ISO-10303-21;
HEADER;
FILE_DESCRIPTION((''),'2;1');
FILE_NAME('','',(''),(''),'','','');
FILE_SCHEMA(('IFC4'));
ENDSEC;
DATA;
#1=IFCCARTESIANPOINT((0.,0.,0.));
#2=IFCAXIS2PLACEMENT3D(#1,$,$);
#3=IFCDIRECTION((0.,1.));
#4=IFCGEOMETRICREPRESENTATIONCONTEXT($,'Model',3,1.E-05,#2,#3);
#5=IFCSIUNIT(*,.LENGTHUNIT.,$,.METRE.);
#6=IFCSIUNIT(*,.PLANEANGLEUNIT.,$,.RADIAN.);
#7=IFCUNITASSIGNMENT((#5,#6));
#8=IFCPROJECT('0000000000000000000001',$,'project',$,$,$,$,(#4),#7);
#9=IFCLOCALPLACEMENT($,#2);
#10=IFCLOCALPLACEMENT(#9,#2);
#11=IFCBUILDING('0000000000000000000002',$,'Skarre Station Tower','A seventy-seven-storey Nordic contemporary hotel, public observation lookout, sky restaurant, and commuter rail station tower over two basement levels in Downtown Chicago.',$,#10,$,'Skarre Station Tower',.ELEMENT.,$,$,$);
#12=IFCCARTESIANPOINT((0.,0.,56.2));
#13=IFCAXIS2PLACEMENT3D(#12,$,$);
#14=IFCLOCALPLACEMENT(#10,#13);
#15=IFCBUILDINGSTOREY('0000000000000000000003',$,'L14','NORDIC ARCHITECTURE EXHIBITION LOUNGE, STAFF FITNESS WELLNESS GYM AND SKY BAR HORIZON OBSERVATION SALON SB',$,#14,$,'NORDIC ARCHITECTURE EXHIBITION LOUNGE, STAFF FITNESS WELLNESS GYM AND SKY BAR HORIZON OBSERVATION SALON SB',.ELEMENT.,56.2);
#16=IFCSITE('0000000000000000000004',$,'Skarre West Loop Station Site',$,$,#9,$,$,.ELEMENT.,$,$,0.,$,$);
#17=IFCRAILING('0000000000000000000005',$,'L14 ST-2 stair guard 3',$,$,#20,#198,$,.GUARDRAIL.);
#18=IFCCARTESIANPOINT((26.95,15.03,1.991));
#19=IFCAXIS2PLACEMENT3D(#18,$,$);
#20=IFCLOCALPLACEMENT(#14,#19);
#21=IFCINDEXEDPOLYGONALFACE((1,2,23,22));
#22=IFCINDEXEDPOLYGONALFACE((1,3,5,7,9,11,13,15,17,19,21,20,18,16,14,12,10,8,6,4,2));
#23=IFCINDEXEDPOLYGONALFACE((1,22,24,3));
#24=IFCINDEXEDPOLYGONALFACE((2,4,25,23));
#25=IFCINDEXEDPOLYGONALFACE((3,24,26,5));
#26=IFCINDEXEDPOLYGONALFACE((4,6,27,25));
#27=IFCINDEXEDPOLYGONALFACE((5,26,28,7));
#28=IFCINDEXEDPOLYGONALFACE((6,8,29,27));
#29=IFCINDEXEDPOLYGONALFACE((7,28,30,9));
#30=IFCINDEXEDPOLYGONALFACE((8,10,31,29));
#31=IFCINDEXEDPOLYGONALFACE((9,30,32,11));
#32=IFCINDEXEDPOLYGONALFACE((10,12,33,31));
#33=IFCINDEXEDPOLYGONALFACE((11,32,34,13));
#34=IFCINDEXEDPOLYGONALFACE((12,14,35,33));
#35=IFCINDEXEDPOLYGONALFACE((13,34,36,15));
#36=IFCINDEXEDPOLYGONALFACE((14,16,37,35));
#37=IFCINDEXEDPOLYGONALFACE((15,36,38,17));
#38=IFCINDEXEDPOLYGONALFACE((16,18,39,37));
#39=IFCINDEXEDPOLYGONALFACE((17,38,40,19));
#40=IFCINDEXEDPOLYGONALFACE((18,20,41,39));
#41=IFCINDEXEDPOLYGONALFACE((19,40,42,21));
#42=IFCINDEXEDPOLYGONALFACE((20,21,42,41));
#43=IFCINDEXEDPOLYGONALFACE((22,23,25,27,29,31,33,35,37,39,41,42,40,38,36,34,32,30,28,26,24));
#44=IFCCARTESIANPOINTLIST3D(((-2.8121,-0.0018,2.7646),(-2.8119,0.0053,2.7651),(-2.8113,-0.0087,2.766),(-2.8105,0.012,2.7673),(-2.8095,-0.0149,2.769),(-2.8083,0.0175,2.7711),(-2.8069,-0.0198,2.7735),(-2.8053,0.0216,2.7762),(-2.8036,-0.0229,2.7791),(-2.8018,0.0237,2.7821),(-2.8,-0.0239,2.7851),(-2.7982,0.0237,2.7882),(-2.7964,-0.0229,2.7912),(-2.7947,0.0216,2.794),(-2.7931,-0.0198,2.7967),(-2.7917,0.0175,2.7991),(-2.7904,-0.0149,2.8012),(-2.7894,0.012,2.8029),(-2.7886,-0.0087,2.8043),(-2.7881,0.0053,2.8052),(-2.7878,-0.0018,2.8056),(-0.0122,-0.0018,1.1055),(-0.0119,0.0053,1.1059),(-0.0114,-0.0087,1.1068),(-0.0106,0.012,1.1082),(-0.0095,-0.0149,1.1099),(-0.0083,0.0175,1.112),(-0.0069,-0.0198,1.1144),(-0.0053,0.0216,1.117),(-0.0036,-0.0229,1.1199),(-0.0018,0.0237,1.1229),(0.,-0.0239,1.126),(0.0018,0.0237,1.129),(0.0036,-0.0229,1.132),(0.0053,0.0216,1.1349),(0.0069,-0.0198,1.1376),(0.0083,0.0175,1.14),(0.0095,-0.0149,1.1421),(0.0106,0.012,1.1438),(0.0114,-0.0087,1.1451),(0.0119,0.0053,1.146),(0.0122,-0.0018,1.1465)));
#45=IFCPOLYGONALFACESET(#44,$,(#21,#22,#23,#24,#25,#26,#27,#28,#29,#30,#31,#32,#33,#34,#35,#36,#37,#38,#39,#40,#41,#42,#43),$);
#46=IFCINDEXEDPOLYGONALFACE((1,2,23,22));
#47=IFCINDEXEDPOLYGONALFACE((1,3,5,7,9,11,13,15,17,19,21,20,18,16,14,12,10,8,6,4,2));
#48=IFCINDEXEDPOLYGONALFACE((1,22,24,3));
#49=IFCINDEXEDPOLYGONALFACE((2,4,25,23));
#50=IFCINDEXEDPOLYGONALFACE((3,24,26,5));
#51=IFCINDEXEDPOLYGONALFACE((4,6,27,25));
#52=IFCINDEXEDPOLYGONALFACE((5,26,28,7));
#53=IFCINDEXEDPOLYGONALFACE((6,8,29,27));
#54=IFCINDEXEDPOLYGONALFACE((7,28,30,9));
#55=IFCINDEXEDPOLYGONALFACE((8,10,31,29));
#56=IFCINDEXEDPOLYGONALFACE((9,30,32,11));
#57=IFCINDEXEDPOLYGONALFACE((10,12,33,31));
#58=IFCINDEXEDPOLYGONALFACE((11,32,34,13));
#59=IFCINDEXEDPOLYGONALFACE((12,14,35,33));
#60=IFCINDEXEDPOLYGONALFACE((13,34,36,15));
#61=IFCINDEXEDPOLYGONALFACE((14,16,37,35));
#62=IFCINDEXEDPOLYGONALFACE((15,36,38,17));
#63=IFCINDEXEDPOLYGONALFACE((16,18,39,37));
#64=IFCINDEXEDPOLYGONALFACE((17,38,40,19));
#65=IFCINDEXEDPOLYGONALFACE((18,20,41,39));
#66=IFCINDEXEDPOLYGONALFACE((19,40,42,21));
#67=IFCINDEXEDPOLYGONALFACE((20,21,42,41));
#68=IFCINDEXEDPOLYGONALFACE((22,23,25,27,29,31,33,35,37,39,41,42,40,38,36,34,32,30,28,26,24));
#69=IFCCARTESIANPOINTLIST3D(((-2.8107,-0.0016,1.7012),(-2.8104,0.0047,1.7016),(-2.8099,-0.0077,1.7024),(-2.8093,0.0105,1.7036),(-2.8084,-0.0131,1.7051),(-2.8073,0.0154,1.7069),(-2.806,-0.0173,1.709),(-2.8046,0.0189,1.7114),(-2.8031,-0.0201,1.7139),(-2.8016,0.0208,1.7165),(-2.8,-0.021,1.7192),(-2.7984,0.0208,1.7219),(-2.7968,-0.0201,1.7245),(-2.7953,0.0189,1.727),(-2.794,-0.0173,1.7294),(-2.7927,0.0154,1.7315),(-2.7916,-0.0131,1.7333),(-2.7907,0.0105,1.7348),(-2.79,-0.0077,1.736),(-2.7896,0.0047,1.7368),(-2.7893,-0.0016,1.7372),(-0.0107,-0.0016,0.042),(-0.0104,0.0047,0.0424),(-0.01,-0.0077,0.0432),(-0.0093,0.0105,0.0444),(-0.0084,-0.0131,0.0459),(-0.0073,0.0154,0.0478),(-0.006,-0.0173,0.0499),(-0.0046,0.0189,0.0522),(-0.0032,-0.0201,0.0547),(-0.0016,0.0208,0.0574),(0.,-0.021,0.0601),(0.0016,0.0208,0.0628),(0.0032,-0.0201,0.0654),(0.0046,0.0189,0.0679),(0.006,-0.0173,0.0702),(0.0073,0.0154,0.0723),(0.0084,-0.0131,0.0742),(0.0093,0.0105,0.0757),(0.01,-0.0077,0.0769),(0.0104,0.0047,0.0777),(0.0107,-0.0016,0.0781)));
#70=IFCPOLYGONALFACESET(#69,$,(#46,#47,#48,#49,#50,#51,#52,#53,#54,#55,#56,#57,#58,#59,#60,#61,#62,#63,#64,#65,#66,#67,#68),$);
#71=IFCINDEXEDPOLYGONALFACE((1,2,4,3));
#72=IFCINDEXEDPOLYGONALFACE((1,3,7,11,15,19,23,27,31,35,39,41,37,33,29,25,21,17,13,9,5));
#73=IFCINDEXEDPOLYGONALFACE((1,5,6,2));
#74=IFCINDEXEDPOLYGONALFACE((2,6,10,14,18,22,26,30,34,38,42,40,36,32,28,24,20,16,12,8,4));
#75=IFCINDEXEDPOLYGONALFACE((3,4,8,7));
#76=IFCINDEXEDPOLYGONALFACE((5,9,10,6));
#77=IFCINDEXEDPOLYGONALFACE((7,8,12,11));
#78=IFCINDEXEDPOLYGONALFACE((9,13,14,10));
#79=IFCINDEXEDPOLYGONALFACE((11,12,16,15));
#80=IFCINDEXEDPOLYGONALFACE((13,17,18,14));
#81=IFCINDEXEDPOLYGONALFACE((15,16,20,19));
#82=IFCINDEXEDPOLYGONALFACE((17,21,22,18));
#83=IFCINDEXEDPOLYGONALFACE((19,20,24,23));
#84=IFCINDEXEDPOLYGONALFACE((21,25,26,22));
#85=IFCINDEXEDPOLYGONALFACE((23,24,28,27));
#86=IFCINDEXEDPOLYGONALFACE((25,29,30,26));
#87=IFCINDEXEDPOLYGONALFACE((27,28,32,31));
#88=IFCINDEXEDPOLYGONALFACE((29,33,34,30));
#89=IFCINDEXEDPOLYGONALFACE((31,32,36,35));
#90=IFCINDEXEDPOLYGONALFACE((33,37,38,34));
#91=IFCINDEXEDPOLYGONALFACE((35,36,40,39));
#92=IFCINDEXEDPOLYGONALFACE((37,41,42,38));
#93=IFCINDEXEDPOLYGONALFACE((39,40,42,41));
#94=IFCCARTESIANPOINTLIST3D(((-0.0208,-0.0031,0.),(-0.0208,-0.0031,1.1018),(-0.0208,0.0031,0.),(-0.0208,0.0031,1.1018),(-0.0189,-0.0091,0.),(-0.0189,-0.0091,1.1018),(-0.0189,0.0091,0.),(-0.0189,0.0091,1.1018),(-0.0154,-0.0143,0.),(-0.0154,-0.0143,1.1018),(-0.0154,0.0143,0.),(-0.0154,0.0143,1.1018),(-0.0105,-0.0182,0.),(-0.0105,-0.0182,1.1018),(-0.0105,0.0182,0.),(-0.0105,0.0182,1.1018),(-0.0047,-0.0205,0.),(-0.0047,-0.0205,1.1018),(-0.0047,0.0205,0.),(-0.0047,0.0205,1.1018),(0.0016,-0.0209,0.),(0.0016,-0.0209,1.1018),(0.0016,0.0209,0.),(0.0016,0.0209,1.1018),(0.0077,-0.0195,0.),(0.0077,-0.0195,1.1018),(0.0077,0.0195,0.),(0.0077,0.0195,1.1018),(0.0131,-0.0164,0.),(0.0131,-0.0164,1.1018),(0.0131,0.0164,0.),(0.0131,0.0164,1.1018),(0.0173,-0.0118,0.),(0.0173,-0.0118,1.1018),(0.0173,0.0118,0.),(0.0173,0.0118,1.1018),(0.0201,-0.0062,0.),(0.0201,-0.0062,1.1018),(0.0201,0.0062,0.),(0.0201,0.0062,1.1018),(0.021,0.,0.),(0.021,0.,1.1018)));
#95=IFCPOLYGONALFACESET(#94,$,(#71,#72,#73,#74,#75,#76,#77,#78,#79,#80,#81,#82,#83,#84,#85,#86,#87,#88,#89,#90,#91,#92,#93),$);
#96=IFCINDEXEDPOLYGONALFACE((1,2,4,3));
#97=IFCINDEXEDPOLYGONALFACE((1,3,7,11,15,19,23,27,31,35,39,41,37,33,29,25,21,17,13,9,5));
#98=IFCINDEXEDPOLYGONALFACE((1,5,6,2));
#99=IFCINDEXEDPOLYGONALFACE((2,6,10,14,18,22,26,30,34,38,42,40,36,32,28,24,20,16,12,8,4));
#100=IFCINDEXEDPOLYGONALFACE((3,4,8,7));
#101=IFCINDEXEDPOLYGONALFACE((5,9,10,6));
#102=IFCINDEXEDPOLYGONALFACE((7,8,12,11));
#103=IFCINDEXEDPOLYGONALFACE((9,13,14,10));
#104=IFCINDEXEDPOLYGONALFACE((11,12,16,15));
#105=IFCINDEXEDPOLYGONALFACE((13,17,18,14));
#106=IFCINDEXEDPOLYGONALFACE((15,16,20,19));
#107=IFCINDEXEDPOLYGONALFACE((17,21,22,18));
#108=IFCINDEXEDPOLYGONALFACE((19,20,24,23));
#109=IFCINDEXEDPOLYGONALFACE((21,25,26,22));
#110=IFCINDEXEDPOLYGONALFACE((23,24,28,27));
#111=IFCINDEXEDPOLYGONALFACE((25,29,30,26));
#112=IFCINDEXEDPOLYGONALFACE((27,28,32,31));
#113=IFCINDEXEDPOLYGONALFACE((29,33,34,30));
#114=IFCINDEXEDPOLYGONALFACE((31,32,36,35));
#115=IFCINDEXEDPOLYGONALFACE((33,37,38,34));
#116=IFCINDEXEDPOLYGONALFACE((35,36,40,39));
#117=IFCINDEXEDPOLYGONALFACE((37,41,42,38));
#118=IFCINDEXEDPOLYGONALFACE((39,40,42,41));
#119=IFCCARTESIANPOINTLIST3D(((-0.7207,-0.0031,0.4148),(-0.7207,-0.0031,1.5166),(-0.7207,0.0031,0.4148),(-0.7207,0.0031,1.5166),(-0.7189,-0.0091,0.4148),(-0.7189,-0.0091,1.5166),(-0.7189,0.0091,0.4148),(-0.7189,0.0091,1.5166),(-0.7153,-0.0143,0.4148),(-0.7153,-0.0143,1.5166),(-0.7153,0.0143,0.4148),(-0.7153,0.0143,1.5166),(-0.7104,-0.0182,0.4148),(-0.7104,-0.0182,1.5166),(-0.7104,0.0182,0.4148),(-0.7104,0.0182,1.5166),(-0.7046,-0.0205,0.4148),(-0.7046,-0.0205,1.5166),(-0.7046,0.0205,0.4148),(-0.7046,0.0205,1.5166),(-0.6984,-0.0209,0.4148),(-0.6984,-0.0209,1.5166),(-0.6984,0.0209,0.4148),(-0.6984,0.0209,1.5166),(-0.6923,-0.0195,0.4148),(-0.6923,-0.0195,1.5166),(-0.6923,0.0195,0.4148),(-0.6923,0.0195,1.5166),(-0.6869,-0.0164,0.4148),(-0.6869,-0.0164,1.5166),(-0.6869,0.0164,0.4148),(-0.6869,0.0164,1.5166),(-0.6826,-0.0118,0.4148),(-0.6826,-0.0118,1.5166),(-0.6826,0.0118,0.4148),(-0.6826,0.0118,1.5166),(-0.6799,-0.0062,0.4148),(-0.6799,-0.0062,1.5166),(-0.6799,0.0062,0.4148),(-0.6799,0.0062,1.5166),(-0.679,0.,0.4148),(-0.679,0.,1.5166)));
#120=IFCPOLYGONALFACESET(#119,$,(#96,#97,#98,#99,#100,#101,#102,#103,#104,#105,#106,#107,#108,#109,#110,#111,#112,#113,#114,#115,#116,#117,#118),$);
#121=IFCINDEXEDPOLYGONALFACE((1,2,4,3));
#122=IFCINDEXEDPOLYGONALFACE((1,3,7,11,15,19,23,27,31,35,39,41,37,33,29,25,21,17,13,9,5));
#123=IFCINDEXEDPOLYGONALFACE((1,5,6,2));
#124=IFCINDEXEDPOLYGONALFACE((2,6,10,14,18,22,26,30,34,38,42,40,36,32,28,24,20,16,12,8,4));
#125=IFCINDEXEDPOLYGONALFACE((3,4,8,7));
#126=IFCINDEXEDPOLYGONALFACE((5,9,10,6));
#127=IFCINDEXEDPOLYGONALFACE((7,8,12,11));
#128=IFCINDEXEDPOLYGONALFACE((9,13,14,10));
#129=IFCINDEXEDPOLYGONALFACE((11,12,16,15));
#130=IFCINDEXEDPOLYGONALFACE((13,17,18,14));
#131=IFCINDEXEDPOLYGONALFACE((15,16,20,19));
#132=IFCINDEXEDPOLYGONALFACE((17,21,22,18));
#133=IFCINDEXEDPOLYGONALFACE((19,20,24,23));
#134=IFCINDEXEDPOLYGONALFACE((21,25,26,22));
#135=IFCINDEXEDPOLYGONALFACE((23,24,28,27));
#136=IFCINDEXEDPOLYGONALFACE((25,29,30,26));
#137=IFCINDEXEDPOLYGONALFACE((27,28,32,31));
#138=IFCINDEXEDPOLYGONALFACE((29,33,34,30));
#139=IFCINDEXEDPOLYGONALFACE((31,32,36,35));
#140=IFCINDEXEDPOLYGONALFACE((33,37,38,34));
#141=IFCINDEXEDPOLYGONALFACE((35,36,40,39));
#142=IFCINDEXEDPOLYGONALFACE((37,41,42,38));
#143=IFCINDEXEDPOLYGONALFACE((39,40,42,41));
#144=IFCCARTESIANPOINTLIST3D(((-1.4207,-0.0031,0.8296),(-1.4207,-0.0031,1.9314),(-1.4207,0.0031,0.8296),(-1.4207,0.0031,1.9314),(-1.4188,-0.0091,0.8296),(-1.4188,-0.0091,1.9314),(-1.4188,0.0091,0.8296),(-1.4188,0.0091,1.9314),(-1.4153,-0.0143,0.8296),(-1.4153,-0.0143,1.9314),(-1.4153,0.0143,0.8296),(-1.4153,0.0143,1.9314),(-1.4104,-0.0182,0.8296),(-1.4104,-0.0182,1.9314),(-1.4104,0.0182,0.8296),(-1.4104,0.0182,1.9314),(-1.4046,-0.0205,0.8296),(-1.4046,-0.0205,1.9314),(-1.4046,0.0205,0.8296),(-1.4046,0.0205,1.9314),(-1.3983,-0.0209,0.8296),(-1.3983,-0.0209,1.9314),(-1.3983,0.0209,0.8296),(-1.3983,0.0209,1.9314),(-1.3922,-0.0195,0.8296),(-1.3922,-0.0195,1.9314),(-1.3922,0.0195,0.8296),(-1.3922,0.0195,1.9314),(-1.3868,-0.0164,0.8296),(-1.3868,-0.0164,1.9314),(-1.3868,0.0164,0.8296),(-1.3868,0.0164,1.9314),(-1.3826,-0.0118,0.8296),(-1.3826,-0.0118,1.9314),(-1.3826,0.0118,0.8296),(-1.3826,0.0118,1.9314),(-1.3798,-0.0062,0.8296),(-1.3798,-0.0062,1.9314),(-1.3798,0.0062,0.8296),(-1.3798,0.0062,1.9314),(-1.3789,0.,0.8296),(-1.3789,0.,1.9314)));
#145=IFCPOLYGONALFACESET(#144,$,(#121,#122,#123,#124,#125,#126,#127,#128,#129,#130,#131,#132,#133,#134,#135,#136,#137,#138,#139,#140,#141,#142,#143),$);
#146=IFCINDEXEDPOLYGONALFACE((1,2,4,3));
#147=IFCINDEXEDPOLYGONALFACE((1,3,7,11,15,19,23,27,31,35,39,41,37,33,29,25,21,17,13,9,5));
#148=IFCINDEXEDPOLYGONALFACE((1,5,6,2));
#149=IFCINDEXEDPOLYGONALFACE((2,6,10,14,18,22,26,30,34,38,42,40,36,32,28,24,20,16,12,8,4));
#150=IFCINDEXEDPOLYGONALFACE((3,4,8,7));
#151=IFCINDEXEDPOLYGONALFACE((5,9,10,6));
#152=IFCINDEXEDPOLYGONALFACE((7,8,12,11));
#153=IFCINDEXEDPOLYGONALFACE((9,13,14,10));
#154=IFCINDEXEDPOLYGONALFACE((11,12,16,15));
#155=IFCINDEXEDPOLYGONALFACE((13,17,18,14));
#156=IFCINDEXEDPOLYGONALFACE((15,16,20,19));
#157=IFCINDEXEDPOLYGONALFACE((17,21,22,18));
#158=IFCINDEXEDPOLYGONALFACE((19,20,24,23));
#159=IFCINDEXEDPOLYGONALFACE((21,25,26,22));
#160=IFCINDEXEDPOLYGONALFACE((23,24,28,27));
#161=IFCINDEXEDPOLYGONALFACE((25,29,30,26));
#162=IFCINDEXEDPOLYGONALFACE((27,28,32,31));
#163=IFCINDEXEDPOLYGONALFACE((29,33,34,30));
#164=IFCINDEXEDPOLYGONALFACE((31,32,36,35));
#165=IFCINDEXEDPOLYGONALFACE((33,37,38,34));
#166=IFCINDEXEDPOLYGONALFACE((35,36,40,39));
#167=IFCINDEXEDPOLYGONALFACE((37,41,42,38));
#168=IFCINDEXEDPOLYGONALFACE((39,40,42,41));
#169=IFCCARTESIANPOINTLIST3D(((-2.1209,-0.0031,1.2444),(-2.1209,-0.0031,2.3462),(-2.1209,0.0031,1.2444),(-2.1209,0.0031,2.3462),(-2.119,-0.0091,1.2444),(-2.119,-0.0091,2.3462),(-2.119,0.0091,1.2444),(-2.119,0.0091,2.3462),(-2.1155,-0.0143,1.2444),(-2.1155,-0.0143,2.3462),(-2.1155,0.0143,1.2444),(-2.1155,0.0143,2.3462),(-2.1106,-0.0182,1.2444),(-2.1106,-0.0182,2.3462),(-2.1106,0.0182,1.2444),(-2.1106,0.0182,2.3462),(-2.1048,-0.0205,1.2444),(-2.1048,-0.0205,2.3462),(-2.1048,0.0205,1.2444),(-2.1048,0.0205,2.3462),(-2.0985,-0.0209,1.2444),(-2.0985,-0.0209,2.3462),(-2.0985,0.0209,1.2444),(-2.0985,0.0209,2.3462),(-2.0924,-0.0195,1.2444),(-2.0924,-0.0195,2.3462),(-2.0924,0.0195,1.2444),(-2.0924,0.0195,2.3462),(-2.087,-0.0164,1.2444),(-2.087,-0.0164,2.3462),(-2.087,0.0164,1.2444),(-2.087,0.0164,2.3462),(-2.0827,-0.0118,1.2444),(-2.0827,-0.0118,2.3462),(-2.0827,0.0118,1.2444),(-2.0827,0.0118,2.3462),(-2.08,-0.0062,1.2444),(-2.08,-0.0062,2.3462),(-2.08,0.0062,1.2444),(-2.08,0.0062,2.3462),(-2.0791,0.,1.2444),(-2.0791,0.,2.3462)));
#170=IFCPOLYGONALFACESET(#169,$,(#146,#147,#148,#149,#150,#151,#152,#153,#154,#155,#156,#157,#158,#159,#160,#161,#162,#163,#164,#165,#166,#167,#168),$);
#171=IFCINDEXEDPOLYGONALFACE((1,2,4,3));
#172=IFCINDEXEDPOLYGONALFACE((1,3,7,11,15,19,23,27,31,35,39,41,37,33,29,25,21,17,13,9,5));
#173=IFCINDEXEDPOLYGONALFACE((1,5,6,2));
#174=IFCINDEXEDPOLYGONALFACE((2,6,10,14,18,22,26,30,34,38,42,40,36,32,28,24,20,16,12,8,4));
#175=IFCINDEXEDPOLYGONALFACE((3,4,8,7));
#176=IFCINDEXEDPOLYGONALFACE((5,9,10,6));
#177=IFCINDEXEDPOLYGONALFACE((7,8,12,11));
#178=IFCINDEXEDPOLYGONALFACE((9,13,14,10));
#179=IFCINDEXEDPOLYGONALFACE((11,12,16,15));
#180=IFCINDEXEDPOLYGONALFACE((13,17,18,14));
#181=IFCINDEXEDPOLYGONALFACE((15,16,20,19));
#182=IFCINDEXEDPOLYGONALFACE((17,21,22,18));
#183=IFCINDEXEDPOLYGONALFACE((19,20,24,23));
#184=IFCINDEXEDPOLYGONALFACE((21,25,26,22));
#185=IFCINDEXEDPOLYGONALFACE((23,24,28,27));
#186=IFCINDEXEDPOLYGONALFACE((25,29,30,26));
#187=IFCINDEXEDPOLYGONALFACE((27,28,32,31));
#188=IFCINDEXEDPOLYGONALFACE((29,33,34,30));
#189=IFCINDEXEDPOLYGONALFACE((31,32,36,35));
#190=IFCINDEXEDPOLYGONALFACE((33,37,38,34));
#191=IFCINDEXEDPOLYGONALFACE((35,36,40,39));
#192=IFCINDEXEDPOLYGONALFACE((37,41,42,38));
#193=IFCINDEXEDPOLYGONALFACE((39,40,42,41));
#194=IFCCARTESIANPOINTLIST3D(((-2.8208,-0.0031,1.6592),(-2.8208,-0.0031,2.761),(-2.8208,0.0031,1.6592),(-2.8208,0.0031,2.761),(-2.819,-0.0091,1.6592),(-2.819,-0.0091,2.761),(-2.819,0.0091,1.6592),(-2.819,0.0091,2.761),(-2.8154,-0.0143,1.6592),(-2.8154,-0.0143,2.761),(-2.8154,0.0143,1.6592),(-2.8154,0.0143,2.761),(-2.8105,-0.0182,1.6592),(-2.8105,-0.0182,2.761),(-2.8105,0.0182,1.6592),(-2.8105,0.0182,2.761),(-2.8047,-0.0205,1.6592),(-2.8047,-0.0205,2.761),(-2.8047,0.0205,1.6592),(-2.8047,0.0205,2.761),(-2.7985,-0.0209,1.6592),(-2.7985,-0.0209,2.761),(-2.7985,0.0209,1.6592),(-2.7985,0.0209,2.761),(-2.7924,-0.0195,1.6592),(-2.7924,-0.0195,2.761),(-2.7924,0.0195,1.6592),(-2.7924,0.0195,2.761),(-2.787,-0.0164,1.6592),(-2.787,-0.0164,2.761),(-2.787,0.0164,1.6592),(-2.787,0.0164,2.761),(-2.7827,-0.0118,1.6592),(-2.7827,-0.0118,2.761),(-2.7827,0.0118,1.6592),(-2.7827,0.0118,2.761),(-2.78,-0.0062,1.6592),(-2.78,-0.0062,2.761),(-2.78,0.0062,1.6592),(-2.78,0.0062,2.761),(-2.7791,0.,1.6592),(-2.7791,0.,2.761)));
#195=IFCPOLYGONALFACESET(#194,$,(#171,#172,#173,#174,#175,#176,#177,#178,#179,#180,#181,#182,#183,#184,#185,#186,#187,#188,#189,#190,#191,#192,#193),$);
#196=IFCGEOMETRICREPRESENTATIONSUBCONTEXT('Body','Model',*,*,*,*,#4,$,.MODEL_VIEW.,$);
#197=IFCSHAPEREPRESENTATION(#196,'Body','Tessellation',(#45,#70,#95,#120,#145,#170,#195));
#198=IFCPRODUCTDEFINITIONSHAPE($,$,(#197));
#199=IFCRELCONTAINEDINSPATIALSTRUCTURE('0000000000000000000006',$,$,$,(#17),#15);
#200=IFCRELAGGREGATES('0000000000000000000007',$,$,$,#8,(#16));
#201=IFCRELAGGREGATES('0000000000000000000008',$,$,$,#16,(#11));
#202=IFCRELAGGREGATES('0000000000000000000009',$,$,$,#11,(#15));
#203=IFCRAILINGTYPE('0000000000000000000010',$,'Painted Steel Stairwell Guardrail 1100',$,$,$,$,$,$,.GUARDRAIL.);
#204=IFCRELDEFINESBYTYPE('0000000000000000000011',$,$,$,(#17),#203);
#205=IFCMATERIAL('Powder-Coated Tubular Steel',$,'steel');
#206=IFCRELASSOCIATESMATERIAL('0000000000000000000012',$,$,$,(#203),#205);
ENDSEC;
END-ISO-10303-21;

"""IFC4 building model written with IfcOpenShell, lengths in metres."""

from ifc_helpers import new_model, si_unit, direction, frame, origin, origin_2d, place, context, subcontext, project, spatial, circle, extrude, material, type_object, element, save


model = new_model("IFC4")

# Units and contexts
model_context = context("Model", 3, precision=1e-05, world=origin(), true_north=direction((0.0, 1.0)))
body_context = subcontext(model_context, "Body", "Model", "MODEL_VIEW")
ifc_project = project(units=[si_unit("LENGTHUNIT", "METRE"), si_unit("PLANEANGLEUNIT", "RADIAN")], contexts=[model_context])

# Site, building, storey
site_placement = place(None, origin())
site = spatial("IfcSite", under=ifc_project, at=site_placement, Name="Skarre West Loop Station Site", CompositionType="ELEMENT", RefElevation=0.0)
building_placement = place(site_placement, origin())
building = spatial("IfcBuilding", under=site, at=building_placement, Name="Skarre Station Tower", Description="A seventy-seven-storey Nordic contemporary hotel, public observation lookout, sky restaurant, and commuter rail station tower over two basement levels in Downtown Chicago.", LongName="Skarre Station Tower", CompositionType="ELEMENT")
storey_placement = place(building_placement, frame((0.0, 0.0, 56.2)))
storey = spatial("IfcBuildingStorey", under=building, at=storey_placement, Name="L14", Description="NORDIC ARCHITECTURE EXHIBITION LOUNGE, STAFF FITNESS WELLNESS GYM AND SKY BAR HORIZON OBSERVATION SALON SB", LongName="NORDIC ARCHITECTURE EXHIBITION LOUNGE, STAFF FITNESS WELLNESS GYM AND SKY BAR HORIZON OBSERVATION SALON SB", CompositionType="ELEMENT", Elevation=56.2)

# Railing
ifc_material_1 = material(Name="Powder-Coated Tubular Steel", Category="steel")
railing_type_1 = type_object("IfcRailingType", Name="Painted Steel Stairwell Guardrail 1100", PredefinedType="GUARDRAIL", material=ifc_material_1)
railing_1_placement = place(storey_placement, frame((26.95, 15.03, 1.991)))
element("IfcRailing", 1, at=railing_1_placement, inside=storey, type_object=railing_type_1, Name="L14 ST-2 stair guard 3", PredefinedType="GUARDRAIL", context=body_context, shape_type="SweptSolid", body=[
    extrude(circle(Radius=0.0239, at=origin_2d()), frame((0.0, 0.0, 1.126), z_axis=(-0.860306, 0.0, 0.509778), x_axis=(0.0, -1.0, 0.0)), (0.0, 0.0, 1.0), 3.2546),
    extrude(circle(Radius=0.021, at=origin_2d()), frame((0.0, 0.0, 0.0601), z_axis=(-0.860306, 0.0, 0.509778), x_axis=(0.0, -1.0, 0.0)), (0.0, 0.0, 1.0), 3.2546),
    extrude(circle(Radius=0.021, at=origin_2d()), origin(), (0.0, 0.0, 1.0), 1.1018),
    extrude(circle(Radius=0.021, at=origin_2d()), frame((-0.7, 0.0, 0.4148)), (0.0, 0.0, 1.0), 1.1018),
    extrude(circle(Radius=0.021, at=origin_2d()), frame((-1.3999, 0.0, 0.8296)), (0.0, 0.0, 1.0), 1.1018),
    extrude(circle(Radius=0.021, at=origin_2d()), frame((-2.1001, 0.0, 1.2444)), (0.0, 0.0, 1.0), 1.1018),
    extrude(circle(Radius=0.021, at=origin_2d()), frame((-2.8, 0.0, 1.6592)), (0.0, 0.0, 1.0), 1.1018),
])

save(model, "model.ifc")
